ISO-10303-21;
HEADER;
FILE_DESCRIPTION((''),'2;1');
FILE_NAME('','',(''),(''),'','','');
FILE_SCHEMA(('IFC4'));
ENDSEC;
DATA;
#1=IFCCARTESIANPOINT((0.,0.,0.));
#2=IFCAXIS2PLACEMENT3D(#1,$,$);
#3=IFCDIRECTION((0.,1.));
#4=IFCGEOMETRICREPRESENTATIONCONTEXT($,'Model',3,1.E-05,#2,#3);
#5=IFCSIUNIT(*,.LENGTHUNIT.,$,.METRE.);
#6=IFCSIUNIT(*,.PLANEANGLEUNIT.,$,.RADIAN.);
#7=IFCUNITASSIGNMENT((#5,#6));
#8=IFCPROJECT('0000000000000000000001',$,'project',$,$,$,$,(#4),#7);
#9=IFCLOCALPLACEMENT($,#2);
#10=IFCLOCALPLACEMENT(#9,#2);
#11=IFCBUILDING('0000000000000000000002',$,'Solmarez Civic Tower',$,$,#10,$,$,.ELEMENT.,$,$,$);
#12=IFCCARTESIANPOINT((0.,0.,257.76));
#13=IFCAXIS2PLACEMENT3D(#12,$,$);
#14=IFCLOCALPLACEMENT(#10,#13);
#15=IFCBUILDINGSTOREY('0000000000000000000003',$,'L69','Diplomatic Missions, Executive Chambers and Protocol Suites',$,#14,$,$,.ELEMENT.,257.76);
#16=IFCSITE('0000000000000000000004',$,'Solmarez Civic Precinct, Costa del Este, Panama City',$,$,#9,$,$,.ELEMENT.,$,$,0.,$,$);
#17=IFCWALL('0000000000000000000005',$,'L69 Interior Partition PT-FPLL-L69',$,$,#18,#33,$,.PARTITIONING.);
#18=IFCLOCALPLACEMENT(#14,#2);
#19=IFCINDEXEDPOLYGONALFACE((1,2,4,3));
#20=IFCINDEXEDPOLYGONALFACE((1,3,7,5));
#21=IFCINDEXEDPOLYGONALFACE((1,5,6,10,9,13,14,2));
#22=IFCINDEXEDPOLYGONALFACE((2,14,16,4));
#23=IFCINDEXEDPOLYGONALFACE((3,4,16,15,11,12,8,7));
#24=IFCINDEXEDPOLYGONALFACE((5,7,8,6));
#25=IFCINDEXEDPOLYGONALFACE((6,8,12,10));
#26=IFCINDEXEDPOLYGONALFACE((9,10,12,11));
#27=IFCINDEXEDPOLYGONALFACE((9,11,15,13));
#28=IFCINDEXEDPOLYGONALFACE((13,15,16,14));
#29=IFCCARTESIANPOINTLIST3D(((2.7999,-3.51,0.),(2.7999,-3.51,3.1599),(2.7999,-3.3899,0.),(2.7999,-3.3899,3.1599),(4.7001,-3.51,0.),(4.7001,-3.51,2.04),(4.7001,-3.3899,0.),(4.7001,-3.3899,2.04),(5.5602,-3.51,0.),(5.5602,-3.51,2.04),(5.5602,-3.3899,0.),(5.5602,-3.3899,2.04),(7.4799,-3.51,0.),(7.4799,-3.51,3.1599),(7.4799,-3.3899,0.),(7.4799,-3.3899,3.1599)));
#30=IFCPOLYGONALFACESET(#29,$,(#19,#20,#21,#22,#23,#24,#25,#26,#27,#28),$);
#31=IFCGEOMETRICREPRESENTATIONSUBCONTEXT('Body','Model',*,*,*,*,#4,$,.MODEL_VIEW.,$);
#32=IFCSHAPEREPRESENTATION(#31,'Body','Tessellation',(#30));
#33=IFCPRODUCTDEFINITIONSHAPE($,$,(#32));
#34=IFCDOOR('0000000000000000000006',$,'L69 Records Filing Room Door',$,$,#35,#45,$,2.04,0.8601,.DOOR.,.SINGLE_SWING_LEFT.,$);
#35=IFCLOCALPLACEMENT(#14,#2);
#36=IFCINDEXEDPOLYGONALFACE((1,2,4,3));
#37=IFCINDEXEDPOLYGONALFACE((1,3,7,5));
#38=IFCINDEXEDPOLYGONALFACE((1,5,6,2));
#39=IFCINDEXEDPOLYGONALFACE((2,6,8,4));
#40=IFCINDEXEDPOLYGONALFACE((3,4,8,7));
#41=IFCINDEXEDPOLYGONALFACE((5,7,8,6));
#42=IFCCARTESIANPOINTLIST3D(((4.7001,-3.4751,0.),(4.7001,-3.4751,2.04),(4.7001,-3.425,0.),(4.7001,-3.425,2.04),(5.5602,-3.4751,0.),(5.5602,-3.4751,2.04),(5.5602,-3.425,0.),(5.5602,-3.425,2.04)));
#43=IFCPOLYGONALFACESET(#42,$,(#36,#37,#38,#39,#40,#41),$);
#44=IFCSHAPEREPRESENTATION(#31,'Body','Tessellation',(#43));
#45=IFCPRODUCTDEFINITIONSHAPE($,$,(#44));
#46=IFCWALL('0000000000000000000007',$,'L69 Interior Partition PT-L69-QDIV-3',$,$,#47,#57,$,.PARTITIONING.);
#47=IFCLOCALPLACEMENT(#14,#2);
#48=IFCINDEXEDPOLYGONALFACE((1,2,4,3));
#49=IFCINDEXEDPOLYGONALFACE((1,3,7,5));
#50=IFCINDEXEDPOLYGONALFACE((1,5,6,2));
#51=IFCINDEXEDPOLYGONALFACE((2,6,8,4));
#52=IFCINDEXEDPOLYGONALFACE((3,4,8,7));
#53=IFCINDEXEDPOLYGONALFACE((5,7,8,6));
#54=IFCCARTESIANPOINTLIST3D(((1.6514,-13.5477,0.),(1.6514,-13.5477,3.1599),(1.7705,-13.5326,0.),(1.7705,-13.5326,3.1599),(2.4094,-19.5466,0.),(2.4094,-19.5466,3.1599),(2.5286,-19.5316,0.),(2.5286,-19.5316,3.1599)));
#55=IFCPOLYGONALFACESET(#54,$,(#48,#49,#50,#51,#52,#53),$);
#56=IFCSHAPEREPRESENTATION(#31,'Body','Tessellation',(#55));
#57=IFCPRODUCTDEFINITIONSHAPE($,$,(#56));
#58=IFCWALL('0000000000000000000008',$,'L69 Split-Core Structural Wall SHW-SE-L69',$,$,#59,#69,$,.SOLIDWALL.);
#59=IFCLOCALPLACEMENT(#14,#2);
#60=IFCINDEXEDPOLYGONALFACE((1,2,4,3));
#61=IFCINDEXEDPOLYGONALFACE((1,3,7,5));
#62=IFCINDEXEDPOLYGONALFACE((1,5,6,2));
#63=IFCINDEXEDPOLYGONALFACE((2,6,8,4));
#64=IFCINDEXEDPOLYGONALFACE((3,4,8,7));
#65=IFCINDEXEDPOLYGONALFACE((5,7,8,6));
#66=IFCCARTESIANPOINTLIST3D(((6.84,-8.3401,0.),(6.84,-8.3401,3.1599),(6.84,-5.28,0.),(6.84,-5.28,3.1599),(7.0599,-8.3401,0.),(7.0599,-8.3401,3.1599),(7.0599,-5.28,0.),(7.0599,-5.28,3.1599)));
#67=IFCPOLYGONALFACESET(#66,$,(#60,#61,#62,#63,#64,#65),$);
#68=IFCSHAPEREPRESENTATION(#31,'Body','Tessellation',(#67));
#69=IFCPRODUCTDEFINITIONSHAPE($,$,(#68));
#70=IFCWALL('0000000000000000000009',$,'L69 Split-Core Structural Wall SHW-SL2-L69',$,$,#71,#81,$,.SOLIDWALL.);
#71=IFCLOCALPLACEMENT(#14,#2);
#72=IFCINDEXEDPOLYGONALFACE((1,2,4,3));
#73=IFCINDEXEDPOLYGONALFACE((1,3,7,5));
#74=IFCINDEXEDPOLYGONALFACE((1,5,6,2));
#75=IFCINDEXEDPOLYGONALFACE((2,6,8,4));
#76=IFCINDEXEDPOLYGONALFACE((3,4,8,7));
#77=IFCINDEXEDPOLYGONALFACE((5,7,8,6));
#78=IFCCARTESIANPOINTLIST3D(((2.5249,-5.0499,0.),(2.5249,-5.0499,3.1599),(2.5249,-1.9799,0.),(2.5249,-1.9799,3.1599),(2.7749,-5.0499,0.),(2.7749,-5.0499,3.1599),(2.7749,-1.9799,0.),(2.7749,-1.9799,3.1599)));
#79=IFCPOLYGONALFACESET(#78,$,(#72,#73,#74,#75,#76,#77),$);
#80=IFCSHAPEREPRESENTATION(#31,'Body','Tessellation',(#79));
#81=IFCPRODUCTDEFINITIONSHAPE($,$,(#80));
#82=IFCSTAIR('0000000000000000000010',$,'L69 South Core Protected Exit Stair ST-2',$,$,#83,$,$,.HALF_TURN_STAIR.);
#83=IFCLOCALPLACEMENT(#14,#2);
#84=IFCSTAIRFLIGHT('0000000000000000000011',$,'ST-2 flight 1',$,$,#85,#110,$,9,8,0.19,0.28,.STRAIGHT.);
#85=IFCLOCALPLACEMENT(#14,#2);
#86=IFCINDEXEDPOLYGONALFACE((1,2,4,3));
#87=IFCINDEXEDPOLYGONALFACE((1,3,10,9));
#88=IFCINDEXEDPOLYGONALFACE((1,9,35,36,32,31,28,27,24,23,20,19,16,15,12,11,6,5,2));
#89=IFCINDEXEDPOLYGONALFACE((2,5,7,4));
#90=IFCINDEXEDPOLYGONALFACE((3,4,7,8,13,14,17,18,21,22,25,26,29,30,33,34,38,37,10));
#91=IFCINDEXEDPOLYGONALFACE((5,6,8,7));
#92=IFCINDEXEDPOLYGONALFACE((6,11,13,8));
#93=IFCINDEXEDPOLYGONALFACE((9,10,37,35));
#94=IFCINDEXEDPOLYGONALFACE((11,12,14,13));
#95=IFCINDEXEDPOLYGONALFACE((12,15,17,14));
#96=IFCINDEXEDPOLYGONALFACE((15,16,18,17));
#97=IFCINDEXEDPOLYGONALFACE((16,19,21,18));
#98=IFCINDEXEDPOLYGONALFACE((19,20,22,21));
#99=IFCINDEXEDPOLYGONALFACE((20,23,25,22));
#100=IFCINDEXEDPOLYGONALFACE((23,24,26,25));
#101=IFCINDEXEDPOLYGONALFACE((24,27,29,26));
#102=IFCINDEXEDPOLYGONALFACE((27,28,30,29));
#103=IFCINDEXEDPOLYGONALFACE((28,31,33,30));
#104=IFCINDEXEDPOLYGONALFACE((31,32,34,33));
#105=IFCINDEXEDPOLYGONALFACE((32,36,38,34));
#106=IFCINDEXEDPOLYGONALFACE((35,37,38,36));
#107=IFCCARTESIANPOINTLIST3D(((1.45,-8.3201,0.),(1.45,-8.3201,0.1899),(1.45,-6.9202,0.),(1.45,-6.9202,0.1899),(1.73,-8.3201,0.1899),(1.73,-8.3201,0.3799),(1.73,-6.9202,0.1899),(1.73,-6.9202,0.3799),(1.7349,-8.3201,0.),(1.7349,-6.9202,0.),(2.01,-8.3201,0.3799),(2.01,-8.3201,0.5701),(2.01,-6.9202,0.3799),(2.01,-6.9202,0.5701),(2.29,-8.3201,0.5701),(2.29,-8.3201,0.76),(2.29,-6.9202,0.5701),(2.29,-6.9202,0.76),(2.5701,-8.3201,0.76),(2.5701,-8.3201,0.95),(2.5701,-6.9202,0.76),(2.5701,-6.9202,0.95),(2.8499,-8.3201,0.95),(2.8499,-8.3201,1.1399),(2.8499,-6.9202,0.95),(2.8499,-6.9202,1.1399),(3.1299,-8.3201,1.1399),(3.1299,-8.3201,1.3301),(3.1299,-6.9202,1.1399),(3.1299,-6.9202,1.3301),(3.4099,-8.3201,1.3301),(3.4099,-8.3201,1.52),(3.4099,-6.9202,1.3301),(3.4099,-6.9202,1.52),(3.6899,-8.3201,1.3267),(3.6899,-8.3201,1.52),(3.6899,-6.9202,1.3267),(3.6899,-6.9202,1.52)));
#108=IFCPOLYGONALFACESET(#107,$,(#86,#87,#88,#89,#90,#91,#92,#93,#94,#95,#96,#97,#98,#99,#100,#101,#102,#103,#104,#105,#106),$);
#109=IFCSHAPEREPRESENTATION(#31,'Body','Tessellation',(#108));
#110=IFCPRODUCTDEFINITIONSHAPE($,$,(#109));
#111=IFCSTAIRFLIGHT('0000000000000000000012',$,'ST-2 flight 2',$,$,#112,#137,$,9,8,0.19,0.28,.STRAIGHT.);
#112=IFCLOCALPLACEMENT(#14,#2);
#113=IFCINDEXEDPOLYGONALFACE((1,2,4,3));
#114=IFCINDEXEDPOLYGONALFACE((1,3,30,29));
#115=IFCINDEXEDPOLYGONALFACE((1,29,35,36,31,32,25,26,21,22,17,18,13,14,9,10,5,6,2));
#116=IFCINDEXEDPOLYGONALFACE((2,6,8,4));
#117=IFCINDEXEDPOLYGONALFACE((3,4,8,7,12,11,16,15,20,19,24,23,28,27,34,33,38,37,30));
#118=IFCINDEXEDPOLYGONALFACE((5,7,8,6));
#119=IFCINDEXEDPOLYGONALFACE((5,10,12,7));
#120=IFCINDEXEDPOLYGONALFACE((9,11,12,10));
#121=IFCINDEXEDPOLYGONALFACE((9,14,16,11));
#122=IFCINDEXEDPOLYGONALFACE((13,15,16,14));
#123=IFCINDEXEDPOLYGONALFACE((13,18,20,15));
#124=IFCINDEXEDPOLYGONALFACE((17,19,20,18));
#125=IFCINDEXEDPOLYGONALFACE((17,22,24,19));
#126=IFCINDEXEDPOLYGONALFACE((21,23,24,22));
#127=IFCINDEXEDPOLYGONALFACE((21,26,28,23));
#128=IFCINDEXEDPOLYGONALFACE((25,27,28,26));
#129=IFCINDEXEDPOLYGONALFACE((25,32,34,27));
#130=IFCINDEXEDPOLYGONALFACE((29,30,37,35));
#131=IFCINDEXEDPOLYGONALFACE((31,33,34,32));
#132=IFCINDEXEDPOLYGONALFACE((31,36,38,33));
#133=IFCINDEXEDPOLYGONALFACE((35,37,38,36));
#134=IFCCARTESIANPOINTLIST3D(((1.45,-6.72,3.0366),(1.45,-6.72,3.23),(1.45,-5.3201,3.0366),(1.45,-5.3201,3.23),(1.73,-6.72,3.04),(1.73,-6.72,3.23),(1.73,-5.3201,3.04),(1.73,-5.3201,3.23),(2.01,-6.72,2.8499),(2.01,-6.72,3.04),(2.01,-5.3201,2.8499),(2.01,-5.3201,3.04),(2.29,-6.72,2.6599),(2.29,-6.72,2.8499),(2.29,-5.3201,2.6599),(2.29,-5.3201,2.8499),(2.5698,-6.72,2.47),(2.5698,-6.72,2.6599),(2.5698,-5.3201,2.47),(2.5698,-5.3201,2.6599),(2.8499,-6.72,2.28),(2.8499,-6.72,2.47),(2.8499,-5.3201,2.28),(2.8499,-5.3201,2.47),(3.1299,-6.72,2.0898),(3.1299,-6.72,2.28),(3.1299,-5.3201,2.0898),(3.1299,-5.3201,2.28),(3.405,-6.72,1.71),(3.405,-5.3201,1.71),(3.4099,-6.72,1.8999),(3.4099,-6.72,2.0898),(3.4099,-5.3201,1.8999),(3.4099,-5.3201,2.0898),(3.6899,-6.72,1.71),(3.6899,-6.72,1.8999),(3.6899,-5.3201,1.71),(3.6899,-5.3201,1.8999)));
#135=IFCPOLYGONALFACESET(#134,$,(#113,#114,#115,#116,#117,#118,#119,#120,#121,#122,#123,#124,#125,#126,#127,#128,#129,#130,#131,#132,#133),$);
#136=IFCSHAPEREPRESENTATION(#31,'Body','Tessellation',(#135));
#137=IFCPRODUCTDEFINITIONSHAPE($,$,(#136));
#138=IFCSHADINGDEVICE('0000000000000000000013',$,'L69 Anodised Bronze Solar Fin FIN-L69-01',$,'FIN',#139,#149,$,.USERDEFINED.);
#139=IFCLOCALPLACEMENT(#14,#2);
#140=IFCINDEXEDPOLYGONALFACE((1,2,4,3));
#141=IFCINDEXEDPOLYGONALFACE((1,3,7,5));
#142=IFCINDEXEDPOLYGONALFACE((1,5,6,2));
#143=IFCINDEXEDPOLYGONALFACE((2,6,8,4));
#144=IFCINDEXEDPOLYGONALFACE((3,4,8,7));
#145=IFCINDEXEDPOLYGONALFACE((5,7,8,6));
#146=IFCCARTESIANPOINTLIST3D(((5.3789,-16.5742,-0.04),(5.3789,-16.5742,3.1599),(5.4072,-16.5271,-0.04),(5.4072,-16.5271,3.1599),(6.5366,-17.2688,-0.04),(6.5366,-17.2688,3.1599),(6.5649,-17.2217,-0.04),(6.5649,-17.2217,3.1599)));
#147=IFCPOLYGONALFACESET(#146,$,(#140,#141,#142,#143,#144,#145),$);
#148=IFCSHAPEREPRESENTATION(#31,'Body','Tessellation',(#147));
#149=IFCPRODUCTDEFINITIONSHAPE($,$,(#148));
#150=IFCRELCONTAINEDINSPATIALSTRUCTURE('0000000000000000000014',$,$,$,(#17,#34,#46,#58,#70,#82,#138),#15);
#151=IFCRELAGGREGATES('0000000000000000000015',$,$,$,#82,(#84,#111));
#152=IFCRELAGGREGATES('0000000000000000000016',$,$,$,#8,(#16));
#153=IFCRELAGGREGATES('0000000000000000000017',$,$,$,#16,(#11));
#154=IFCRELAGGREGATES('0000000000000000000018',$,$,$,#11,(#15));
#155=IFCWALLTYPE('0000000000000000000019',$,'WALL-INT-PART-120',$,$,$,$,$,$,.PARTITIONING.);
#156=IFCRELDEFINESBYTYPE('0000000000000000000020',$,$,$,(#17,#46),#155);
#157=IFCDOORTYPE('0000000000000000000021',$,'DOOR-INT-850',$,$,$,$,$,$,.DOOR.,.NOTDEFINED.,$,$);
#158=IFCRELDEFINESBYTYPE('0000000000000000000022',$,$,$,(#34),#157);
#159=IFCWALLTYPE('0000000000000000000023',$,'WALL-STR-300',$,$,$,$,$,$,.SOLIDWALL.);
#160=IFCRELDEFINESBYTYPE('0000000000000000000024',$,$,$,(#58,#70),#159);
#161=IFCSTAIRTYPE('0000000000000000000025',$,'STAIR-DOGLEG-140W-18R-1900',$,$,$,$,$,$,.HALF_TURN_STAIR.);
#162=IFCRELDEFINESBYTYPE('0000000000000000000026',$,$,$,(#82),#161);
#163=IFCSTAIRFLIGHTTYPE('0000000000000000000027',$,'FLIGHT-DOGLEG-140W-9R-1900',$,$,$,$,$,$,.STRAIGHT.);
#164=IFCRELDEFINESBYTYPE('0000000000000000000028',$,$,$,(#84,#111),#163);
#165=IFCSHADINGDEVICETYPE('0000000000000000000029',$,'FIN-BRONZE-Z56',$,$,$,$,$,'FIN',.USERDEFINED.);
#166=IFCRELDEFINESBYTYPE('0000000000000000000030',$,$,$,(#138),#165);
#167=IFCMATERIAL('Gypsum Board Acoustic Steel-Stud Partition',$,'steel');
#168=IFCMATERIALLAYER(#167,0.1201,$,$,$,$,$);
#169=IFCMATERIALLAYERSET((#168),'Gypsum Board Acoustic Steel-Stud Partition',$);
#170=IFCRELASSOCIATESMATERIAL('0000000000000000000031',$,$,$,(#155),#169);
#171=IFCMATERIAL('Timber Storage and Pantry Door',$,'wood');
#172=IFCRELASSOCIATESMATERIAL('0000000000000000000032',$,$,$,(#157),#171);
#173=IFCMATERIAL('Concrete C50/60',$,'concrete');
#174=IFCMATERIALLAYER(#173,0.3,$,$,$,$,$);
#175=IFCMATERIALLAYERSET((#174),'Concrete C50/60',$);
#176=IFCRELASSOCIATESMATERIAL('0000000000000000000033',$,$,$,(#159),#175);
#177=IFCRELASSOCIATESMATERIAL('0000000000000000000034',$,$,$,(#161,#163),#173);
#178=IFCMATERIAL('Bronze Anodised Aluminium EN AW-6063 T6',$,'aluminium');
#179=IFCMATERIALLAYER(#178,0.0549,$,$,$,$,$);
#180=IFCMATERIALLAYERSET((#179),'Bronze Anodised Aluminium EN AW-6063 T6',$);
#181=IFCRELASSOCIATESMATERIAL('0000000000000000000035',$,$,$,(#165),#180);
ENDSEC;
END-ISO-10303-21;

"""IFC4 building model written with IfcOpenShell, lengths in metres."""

from ifc_helpers import new_model, si_unit, direction, frame, frame_2d, origin, origin_2d, place, context, subcontext, project, spatial, polyline, rectangle, outline, extrude, material, layer, layer_set, type_object, element, fill, aggregate, save


model = new_model("IFC4")

# Units and contexts
model_context = context("Model", 3, precision=1e-05, world=origin(), true_north=direction((0.0, 1.0)))
body_context = subcontext(model_context, "Body", "Model", "MODEL_VIEW")
ifc_project = project(units=[si_unit("LENGTHUNIT", "METRE"), si_unit("PLANEANGLEUNIT", "RADIAN")], contexts=[model_context])

# Site, building, storey
site_placement = place(None, origin())
site = spatial("IfcSite", under=ifc_project, at=site_placement, Name="Solmarez Civic Precinct, Costa del Este, Panama City", CompositionType="ELEMENT", RefElevation=0.0)
building_placement = place(site_placement, origin())
building = spatial("IfcBuilding", under=site, at=building_placement, Name="Solmarez Civic Tower", CompositionType="ELEMENT")
storey_placement = place(building_placement, frame((0.0, 0.0, 257.76)))
storey = spatial("IfcBuildingStorey", under=building, at=storey_placement, Name="L69", Description="Diplomatic Missions, Executive Chambers and Protocol Suites", CompositionType="ELEMENT", Elevation=257.76)

# Shared definitions
ifc_material_1 = material(Name="Concrete C50/60", Category="concrete")

# Shared definitions
ifc_material_2 = material(Name="Bronze Anodised Aluminium EN AW-6063 T6", Category="aluminium")

# Wall, opening, door
ifc_material_3 = material(Name="Gypsum Board Acoustic Steel-Stud Partition", Category="steel")
ifc_layer_1 = layer(ifc_material_3, 0.1201)
ifc_layer_set_1 = layer_set([ifc_layer_1], Name="Gypsum Board Acoustic Steel-Stud Partition")
wall_type_1 = type_object("IfcWallType", Name="WALL-INT-PART-120", PredefinedType="PARTITIONING", material=ifc_layer_set_1)
wall_1_placement = place(storey_placement, frame((2.8, -3.45, 0.0), z_axis=(0.0, 0.0, 1.0), x_axis=(1.0, 0.0, 0.0)))
wall_1 = element("IfcWall", 1, at=wall_1_placement, inside=storey, type_object=wall_type_1, Name="L69 Interior Partition PT-FPLL-L69", PredefinedType="PARTITIONING", context=body_context, shape_type="SweptSolid", body=[
    extrude(rectangle(XDim=4.6799, YDim=0.1201, at=frame_2d((2.3398, 0.0))), origin(), (0.0, 0.0, 1.0), 3.1599),
])
opening_placement = place(wall_1_placement, frame((1.8999, 0.0, 0.0)))
opening = element("IfcOpeningElement", 2, at=opening_placement, cuts=wall_1, PredefinedType="OPENING", context=body_context, shape_type="SweptSolid", body=[
    extrude(rectangle(XDim=0.8601, YDim=2.04, at=frame_2d((0.4302, 1.02))), frame((0.0, 0.0701, 0.0), z_axis=(0.0, -1.0, 0.0), x_axis=(1.0, 0.0, 0.0)), (0.0, 0.0, 1.0), 0.1401),
])
ifc_material_4 = material(Name="Timber Storage and Pantry Door", Category="wood")
door_type = type_object("IfcDoorType", Name="DOOR-INT-850", OperationType="NOTDEFINED", PredefinedType="DOOR", material=ifc_material_4)
door_placement = place(opening_placement, origin())
door = element("IfcDoor", 3, at=door_placement, inside=storey, type_object=door_type, Name="L69 Records Filing Room Door", OperationType="SINGLE_SWING_LEFT", OverallHeight=2.04, OverallWidth=0.8601, PredefinedType="DOOR", context=body_context, shape_type="SweptSolid", body=[
    extrude(rectangle(XDim=0.8601, YDim=2.04, at=frame_2d((0.4302, 1.02))), frame((0.0, 0.0249, 0.0), z_axis=(0.0, -1.0, 0.0), x_axis=(1.0, 0.0, 0.0)), (0.0, 0.0, 1.0), 0.05),
])
fill(opening, door)

# Walls
wall_2_placement = place(storey_placement, frame((1.7109, -13.54, 0.0), z_axis=(0.0, 0.0, 1.0), x_axis=(0.125366, -0.992111, 0.0)))
element("IfcWall", 4, at=wall_2_placement, inside=storey, type_object=wall_type_1, Name="L69 Interior Partition PT-L69-QDIV-3", PredefinedType="PARTITIONING", context=body_context, shape_type="SweptSolid", body=[
    extrude(rectangle(XDim=6.0466, YDim=0.1201, at=frame_2d((3.0234, 0.0))), origin(), (0.0, 0.0, 1.0), 3.1599),
])
ifc_layer_2 = layer(ifc_material_1, 0.3)
ifc_layer_set_2 = layer_set([ifc_layer_2], Name="Concrete C50/60")
wall_type_2 = type_object("IfcWallType", Name="WALL-STR-300", PredefinedType="SOLIDWALL", material=ifc_layer_set_2)
wall_3_placement = place(storey_placement, frame((6.95, -8.3401, 0.0), z_axis=(0.0, 0.0, 1.0), x_axis=(0.0, 1.0, 0.0)))
element("IfcWall", 5, at=wall_3_placement, inside=storey, type_object=wall_type_2, Name="L69 Split-Core Structural Wall SHW-SE-L69", PredefinedType="SOLIDWALL", context=body_context, shape_type="SweptSolid", body=[
    extrude(rectangle(XDim=3.0601, YDim=0.22, at=frame_2d((1.53, 0.0))), origin(), (0.0, 0.0, 1.0), 3.1599),
])
wall_4_placement = place(storey_placement, frame((2.6499, -5.05, 0.0), z_axis=(0.0, 0.0, 1.0), x_axis=(0.0, 1.0, 0.0)))
element("IfcWall", 6, at=wall_4_placement, inside=storey, type_object=wall_type_2, Name="L69 Split-Core Structural Wall SHW-SL2-L69", PredefinedType="SOLIDWALL", context=body_context, shape_type="SweptSolid", body=[
    extrude(rectangle(XDim=3.0701, YDim=0.25, at=frame_2d((1.5352, 0.0))), origin(), (0.0, 0.0, 1.0), 3.1599),
])

# Stair, stair flights
stair_type = type_object("IfcStairType", Name="STAIR-DOGLEG-140W-18R-1900", PredefinedType="HALF_TURN_STAIR", material=ifc_material_1)
stair_placement = place(storey_placement, origin())
stair = element("IfcStair", 7, at=stair_placement, inside=storey, type_object=stair_type, Name="L69 South Core Protected Exit Stair ST-2", PredefinedType="HALF_TURN_STAIR")
stair_flight_type = type_object("IfcStairFlightType", Name="FLIGHT-DOGLEG-140W-9R-1900", PredefinedType="STRAIGHT", material=ifc_material_1)
stair_flight_1_placement = place(storey_placement, frame((1.45, -7.6201, 0.0), z_axis=(0.0, 0.0, 1.0), x_axis=(1.0, 0.0, 0.0)))
stair_flight_1 = element("IfcStairFlight", 8, at=stair_flight_1_placement, type_object=stair_flight_type, Name="ST-2 flight 1", NumberOfRisers=9, NumberOfTreads=8, PredefinedType="STRAIGHT", RiserHeight=0.19, TreadLength=0.28, context=body_context, shape_type="SweptSolid", body=[
    extrude(outline(polyline([(0.0, 0.0), (0.0, 0.1899), (0.28, 0.1899), (0.28, 0.3799), (0.5601, 0.3799), (0.5601, 0.5701), (0.8401, 0.5701), (0.8401, 0.76), (1.1201, 0.76), (1.1201, 0.95), (1.3999, 0.95), (1.3999, 1.1399), (1.6799, 1.1399), (1.6799, 1.3301), (1.96, 1.3301), (1.96, 1.52), (2.24, 1.52), (2.24, 1.71), (2.24, 1.3267), (0.2849, 0.0), (0.0, 0.0)])), frame((0.0, 0.7, 0.0), z_axis=(0.0, -1.0, 0.0), x_axis=(1.0, 0.0, 0.0)), (0.0, 0.0, 1.0), 1.3999),
])
stair_flight_2_placement = place(storey_placement, frame((3.6899, -6.02, 1.71), z_axis=(0.0, 0.0, 1.0), x_axis=(-1.0, 0.0, 0.0)))
stair_flight_2 = element("IfcStairFlight", 9, at=stair_flight_2_placement, type_object=stair_flight_type, Name="ST-2 flight 2", NumberOfRisers=9, NumberOfTreads=8, PredefinedType="STRAIGHT", RiserHeight=0.19, TreadLength=0.28, context=body_context, shape_type="SweptSolid", body=[
    extrude(outline(polyline([(0.0, 0.0), (0.0, 0.1899), (0.28, 0.1899), (0.28, 0.3799), (0.5601, 0.3799), (0.5601, 0.5701), (0.8401, 0.5701), (0.8401, 0.76), (1.1201, 0.76), (1.1201, 0.95), (1.3999, 0.95), (1.3999, 1.1399), (1.6799, 1.1399), (1.6799, 1.3301), (1.96, 1.3301), (1.96, 1.52), (2.24, 1.52), (2.24, 1.71), (2.24, 1.3267), (0.2849, 0.0), (0.0, 0.0)])), frame((0.0, 0.7, 0.0), z_axis=(0.0, -1.0, 0.0), x_axis=(1.0, 0.0, 0.0)), (0.0, 0.0, 1.0), 1.3999),
])
aggregate(stair, [stair_flight_1, stair_flight_2])

# Shading device
ifc_layer_3 = layer(ifc_material_2, 0.0549)
ifc_layer_set_3 = layer_set([ifc_layer_3], Name="Bronze Anodised Aluminium EN AW-6063 T6")
shading_device_type = type_object("IfcShadingDeviceType", Name="FIN-BRONZE-Z56", ElementType="FIN", PredefinedType="USERDEFINED", material=ifc_layer_set_3)
shading_device_placement = place(storey_placement, frame((5.9719, -16.8979, -0.04), z_axis=(0.0, 0.0, 1.0), x_axis=(0.857491, -0.514499, 0.0)))
element("IfcShadingDevice", 10, at=shading_device_placement, inside=storey, type_object=shading_device_type, Name="L69 Anodised Bronze Solar Fin FIN-L69-01", ObjectType="FIN", PredefinedType="USERDEFINED", context=body_context, shape_type="SweptSolid", body=[
    extrude(rectangle(XDim=1.3501, YDim=0.0549, at=origin_2d()), origin(), (0.0, 0.0, 1.0), 3.2),
])

save(model, "model.ifc")
